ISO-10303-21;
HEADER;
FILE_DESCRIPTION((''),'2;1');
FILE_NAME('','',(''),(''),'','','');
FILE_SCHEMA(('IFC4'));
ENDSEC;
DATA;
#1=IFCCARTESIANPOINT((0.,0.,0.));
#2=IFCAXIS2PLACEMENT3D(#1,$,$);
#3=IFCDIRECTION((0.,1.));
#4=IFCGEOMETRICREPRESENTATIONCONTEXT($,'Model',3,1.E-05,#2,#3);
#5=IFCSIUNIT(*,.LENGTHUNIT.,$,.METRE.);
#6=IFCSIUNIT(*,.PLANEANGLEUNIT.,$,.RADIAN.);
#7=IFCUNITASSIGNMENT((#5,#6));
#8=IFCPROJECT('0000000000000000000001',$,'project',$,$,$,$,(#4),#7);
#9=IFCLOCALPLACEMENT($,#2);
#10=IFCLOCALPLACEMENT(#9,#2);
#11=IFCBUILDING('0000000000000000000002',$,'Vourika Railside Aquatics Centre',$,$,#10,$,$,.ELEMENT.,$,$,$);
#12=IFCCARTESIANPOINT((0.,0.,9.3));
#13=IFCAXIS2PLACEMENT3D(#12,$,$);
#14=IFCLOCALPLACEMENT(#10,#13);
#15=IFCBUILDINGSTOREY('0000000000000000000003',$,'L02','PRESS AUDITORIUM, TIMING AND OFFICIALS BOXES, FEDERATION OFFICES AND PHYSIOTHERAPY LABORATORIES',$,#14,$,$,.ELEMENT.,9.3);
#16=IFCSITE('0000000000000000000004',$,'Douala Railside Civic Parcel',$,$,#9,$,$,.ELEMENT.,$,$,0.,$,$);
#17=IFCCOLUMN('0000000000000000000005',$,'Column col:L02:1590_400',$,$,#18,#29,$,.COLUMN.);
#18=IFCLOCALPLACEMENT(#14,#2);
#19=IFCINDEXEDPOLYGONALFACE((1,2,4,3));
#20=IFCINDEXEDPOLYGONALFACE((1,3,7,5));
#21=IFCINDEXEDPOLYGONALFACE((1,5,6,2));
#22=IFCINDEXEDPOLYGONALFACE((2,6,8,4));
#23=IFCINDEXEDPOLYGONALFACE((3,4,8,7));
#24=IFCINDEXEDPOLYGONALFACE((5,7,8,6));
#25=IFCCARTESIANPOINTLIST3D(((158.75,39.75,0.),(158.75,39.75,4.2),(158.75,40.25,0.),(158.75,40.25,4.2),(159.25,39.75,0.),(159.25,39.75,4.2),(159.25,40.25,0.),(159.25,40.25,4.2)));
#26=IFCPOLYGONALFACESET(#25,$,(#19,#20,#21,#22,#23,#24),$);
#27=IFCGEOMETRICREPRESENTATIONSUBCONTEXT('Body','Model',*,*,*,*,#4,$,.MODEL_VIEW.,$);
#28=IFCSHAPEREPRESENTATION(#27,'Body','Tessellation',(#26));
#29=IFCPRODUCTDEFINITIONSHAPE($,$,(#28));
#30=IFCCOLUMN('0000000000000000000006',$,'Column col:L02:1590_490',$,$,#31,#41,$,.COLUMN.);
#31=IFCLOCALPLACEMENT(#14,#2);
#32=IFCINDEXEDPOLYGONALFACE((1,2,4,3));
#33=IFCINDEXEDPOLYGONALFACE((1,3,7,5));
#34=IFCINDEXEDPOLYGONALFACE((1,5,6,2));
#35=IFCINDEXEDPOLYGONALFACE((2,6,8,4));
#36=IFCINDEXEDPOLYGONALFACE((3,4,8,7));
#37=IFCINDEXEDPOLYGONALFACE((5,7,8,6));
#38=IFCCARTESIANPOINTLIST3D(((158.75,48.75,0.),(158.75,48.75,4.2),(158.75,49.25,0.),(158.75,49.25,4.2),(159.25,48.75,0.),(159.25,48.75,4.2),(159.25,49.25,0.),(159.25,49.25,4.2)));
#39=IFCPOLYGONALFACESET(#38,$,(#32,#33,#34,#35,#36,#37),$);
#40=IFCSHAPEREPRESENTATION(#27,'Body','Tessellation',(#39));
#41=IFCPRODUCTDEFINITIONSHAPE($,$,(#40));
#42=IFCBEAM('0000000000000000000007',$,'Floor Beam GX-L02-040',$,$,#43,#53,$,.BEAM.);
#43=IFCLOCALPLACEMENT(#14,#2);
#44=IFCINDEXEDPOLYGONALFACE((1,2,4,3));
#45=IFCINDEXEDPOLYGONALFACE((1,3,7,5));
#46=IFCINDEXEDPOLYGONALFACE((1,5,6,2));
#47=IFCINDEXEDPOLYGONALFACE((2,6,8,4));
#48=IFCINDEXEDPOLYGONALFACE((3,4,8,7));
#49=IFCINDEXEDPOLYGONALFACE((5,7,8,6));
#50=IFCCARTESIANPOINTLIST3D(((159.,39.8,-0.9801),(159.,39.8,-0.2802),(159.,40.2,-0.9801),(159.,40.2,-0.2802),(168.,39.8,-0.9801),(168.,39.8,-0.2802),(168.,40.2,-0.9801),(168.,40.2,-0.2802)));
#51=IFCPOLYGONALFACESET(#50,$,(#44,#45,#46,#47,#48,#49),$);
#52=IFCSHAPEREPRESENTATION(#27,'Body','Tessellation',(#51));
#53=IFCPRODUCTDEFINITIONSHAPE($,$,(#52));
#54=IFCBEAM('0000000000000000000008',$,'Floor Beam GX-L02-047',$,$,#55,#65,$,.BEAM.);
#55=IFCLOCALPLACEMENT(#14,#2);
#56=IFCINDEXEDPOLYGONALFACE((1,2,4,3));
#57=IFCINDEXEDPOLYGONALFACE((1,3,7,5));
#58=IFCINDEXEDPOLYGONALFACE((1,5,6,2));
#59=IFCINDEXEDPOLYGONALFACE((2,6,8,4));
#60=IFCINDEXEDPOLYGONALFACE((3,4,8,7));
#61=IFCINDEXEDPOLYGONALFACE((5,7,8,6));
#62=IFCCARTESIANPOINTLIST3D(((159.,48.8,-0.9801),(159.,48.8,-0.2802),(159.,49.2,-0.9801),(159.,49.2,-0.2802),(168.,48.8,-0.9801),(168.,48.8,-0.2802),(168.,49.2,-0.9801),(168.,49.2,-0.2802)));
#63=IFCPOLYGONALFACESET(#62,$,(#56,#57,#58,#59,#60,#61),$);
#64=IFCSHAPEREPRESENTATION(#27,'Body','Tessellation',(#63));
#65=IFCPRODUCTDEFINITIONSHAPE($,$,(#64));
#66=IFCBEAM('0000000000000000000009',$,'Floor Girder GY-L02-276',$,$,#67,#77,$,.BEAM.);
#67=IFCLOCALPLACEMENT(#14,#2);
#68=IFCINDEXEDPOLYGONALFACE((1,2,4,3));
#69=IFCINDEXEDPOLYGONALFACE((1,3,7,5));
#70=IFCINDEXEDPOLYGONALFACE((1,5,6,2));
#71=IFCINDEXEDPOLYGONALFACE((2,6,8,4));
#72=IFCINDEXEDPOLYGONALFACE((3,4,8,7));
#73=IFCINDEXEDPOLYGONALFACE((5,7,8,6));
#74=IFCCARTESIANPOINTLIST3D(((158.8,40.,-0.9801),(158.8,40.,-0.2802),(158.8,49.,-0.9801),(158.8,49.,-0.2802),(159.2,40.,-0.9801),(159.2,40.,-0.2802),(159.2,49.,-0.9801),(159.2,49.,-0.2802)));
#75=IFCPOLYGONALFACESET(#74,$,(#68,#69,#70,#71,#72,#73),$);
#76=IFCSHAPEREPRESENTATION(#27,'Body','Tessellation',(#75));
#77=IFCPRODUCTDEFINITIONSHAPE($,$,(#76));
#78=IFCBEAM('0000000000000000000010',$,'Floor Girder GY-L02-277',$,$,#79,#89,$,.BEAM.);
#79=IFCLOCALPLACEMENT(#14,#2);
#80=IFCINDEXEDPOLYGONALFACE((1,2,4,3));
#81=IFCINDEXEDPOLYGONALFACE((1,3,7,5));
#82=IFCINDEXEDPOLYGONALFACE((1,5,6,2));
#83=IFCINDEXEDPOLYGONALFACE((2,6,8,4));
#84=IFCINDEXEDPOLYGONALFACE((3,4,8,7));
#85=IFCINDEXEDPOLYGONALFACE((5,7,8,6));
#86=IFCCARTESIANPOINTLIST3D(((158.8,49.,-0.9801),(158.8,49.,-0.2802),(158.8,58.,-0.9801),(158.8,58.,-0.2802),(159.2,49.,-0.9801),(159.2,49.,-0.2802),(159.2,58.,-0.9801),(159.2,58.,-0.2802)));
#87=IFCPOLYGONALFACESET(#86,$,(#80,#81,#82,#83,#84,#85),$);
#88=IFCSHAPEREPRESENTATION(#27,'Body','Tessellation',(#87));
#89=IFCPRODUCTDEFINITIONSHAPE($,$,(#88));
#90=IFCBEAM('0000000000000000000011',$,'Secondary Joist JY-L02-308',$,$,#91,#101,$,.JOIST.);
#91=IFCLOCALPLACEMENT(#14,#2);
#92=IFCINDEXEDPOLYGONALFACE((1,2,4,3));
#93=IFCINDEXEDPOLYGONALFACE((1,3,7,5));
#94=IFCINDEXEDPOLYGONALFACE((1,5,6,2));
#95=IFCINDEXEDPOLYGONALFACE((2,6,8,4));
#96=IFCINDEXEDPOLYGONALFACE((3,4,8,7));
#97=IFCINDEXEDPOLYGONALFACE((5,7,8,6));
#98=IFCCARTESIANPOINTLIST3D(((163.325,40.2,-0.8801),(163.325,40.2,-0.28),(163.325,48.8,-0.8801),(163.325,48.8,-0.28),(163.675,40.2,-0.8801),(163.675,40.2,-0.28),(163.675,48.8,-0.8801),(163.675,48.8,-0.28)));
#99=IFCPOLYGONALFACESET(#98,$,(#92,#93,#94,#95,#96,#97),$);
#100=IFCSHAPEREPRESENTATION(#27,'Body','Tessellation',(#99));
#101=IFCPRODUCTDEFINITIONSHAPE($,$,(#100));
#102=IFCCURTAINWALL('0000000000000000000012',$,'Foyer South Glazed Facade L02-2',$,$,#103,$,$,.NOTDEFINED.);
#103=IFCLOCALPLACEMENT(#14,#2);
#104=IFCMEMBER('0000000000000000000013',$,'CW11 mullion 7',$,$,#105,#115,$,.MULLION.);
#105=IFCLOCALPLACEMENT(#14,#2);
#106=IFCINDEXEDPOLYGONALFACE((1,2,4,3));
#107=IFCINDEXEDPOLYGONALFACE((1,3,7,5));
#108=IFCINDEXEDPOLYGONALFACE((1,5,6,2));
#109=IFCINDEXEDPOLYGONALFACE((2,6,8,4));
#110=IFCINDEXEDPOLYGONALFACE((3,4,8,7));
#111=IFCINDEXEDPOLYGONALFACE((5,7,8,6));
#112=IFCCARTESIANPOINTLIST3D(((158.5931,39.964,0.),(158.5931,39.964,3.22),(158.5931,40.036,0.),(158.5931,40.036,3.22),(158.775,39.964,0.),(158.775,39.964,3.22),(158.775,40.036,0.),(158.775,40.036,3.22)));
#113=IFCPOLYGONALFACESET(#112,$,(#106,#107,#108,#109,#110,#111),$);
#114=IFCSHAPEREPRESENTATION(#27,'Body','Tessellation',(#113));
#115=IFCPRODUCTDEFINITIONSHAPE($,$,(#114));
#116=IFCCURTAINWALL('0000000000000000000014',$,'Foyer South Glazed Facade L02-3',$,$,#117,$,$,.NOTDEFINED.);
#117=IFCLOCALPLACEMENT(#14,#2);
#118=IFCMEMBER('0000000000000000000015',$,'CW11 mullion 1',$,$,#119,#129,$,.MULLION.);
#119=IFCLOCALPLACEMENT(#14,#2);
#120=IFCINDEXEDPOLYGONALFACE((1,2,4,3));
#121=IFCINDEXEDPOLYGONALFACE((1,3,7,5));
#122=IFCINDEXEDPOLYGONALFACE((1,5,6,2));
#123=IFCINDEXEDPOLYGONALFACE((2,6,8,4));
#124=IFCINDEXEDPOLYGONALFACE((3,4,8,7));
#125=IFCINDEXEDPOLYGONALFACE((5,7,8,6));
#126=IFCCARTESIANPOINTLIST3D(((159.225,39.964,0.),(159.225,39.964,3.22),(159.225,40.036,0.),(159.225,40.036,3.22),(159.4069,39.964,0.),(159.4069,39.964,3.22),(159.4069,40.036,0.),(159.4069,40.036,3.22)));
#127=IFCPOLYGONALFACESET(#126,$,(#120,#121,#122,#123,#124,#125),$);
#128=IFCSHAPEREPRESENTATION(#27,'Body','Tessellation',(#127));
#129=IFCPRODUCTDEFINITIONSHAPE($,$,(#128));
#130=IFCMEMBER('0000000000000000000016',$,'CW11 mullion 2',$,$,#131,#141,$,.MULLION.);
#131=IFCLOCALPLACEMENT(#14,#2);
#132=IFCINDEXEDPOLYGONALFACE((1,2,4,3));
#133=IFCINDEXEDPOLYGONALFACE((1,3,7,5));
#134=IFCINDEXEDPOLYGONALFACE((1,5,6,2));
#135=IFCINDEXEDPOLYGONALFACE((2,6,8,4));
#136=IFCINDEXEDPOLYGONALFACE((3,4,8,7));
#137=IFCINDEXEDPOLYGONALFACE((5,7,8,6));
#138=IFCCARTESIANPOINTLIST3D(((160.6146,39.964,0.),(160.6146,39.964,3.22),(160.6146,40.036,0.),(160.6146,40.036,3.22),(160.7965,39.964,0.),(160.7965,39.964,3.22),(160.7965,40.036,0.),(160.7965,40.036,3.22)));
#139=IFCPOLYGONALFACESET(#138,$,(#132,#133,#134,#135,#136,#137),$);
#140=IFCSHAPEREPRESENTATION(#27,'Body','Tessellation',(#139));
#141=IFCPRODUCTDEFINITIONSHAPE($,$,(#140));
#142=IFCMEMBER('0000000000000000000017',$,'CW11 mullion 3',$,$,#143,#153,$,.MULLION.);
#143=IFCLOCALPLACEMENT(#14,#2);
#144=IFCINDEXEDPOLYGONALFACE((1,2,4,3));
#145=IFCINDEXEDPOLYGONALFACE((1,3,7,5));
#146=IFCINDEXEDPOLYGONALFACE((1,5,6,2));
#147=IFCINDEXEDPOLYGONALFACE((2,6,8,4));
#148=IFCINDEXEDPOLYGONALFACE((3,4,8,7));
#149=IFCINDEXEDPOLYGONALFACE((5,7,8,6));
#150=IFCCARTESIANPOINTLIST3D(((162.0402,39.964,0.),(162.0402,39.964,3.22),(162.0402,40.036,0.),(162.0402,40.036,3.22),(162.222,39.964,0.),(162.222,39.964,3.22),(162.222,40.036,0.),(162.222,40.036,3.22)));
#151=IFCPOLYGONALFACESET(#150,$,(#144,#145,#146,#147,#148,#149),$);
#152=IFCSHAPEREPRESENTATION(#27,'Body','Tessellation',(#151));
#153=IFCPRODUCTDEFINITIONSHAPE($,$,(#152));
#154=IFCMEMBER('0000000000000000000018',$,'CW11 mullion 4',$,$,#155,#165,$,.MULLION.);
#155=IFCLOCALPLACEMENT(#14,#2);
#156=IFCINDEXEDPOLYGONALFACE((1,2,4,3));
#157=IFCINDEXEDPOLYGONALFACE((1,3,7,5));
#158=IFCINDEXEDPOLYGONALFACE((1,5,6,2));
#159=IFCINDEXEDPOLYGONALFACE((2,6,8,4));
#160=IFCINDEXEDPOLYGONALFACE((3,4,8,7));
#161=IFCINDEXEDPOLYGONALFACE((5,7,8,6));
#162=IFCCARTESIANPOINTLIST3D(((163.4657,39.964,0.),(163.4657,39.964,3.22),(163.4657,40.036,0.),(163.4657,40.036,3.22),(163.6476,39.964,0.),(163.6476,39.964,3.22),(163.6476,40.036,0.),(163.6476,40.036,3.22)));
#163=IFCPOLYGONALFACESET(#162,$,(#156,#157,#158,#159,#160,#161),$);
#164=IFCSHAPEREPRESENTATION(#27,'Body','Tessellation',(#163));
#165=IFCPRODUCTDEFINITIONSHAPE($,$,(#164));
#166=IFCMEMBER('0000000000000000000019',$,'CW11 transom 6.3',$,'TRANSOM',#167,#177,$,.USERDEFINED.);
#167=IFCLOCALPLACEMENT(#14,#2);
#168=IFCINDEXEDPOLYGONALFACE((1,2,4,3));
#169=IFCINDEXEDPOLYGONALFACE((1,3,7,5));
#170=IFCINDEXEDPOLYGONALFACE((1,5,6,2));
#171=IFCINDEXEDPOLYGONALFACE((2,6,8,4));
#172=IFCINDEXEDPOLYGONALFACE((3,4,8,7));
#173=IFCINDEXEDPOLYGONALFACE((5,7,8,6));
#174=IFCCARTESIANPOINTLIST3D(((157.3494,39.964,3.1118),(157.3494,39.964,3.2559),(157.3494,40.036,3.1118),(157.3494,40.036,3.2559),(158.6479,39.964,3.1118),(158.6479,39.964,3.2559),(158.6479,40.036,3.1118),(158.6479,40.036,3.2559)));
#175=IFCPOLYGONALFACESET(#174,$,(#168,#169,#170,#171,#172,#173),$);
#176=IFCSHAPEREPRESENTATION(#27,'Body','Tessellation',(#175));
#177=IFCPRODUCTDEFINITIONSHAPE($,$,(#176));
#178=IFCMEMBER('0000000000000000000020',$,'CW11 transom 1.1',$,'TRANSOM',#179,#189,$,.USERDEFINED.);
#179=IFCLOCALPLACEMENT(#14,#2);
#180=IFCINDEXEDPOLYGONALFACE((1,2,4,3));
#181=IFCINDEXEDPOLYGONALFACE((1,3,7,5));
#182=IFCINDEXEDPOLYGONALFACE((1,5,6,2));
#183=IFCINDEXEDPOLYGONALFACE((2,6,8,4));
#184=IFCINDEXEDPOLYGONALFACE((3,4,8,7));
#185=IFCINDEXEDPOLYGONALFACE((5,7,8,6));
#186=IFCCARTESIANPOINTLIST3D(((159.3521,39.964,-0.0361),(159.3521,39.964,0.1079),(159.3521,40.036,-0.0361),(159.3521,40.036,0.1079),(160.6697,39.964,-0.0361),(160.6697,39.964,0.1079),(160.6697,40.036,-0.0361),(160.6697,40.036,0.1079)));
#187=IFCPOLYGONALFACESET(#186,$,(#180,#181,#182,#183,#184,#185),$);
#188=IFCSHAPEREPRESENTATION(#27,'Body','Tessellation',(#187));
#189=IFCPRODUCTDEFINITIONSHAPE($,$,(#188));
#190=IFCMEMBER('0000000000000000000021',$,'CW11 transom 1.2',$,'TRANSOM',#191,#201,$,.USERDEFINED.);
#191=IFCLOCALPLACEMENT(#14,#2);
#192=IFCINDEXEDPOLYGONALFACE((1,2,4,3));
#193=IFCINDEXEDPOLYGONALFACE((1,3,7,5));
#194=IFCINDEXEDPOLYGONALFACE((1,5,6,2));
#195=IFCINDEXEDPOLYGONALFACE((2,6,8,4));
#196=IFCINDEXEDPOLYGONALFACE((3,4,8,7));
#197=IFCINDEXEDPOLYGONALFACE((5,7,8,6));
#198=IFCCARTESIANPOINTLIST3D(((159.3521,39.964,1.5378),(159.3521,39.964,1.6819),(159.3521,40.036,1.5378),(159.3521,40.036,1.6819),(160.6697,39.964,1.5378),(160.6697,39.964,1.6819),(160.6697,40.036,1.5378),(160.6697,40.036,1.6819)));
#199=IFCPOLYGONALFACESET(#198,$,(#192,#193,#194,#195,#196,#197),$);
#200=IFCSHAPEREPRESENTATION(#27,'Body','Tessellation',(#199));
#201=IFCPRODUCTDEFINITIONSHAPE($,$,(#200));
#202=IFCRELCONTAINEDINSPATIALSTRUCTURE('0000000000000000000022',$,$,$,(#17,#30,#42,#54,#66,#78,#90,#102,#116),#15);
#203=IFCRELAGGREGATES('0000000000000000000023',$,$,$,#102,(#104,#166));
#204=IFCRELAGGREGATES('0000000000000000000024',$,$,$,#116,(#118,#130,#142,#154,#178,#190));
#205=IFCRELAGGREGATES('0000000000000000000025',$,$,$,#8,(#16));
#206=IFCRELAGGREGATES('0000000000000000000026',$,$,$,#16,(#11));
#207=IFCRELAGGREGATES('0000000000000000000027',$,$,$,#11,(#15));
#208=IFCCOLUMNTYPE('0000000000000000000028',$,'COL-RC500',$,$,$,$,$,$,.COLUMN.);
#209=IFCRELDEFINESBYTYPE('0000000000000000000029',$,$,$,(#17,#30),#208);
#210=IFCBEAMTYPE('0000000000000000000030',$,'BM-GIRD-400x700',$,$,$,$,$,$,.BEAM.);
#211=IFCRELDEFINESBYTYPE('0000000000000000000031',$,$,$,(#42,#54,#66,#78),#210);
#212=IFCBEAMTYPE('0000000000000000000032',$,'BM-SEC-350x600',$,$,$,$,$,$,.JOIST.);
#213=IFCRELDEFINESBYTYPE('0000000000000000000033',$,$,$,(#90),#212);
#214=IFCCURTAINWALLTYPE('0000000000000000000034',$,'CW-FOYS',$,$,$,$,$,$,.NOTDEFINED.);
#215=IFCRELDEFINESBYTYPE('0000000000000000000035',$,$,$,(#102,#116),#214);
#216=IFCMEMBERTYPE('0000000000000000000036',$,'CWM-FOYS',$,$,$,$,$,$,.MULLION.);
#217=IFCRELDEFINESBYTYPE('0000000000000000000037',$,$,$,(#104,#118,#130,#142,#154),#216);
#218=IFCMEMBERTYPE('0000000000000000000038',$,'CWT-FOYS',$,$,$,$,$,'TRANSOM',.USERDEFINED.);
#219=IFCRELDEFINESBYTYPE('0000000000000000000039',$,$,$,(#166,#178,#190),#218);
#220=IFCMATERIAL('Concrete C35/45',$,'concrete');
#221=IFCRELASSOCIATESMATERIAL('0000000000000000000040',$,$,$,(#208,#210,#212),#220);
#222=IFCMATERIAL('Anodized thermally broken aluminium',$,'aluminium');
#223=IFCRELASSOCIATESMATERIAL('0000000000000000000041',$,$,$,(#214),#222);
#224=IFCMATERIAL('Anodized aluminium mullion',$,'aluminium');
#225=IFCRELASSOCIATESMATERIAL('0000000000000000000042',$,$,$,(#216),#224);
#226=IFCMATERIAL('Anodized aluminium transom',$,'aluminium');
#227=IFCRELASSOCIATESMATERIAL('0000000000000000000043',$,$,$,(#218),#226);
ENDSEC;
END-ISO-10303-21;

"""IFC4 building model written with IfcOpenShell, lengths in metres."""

from ifc_helpers import new_model, si_unit, direction, frame, origin, origin_2d, place, context, subcontext, project, spatial, rectangle, extrude, material, material_profile, profile_set, type_object, element, aggregate, save


model = new_model("IFC4")

# Units and contexts
model_context = context("Model", 3, precision=1e-05, world=origin(), true_north=direction((0.0, 1.0)))
body_context = subcontext(model_context, "Body", "Model", "MODEL_VIEW")
ifc_project = project(units=[si_unit("LENGTHUNIT", "METRE"), si_unit("PLANEANGLEUNIT", "RADIAN")], contexts=[model_context])

# Site, building, storey
site_placement = place(None, origin())
site = spatial("IfcSite", under=ifc_project, at=site_placement, Name="Douala Railside Civic Parcel", CompositionType="ELEMENT", RefElevation=0.0)
building_placement = place(site_placement, origin())
building = spatial("IfcBuilding", under=site, at=building_placement, Name="Vourika Railside Aquatics Centre", CompositionType="ELEMENT")
storey_placement = place(building_placement, frame((0.0, 0.0, 9.3)))
storey = spatial("IfcBuildingStorey", under=building, at=storey_placement, Name="L02", Description="PRESS AUDITORIUM, TIMING AND OFFICIALS BOXES, FEDERATION OFFICES AND PHYSIOTHERAPY LABORATORIES", CompositionType="ELEMENT", Elevation=9.3)

# Columns
ifc_material_1 = material(Name="Concrete C35/45", Category="concrete")
ifc_material_profile_1 = material_profile(ifc_material_1, rectangle(XDim=0.5, YDim=0.5, at=origin_2d()), Name="RC 500x500")
ifc_profile_set_1 = profile_set([ifc_material_profile_1], Name="Concrete C35/45")
column_type = type_object("IfcColumnType", Name="COL-RC500", PredefinedType="COLUMN", material=ifc_profile_set_1)
for number, where, z_axis, x_axis, name in (
    (1, (159.0, 40.0, 0.0), (0.0, 0.0, 1.0), (1.0, 0.0, 0.0), "Column col:L02:1590_400"),
    (2, (159.0, 49.0, 0.0), (0.0, 0.0, 1.0), (1.0, 0.0, 0.0), "Column col:L02:1590_490"),
):
    element("IfcColumn", number, at=place(storey_placement, frame(where, z_axis=z_axis, x_axis=x_axis)), inside=storey, type_object=column_type, Name=name, PredefinedType="COLUMN", context=body_context, shape_type="SweptSolid", body=[
        extrude(rectangle(XDim=0.5, YDim=0.5, at=origin_2d()), origin(), (0.0, 0.0, 1.0), 4.2),
    ])

# Beams
ifc_material_profile_2 = material_profile(ifc_material_1, rectangle(XDim=0.3999, YDim=0.7, at=origin_2d()), Name="RC 400x700")
ifc_profile_set_2 = profile_set([ifc_material_profile_2], Name="Concrete C35/45")
beam_type_1 = type_object("IfcBeamType", Name="BM-GIRD-400x700", PredefinedType="BEAM", material=ifc_profile_set_2)
for number, where, z_axis, x_axis, name in (
    (3, (159.0, 40.0, -0.6301), (1.0, 0.0, 0.0), (0.0, 1.0, 0.0), "Floor Beam GX-L02-040"),
    (4, (159.0, 49.0, -0.6301), (1.0, 0.0, 0.0), (0.0, 1.0, 0.0), "Floor Beam GX-L02-047"),
    (5, (159.0, 40.0, -0.6301), (0.0, 1.0, 0.0), (-1.0, 0.0, 0.0), "Floor Girder GY-L02-276"),
    (6, (159.0, 49.0, -0.6301), (0.0, 1.0, 0.0), (-1.0, 0.0, 0.0), "Floor Girder GY-L02-277"),
):
    element("IfcBeam", number, at=place(storey_placement, frame(where, z_axis=z_axis, x_axis=x_axis)), inside=storey, type_object=beam_type_1, Name=name, PredefinedType="BEAM", context=body_context, shape_type="SweptSolid", body=[
        extrude(rectangle(XDim=0.3999, YDim=0.7, at=origin_2d()), origin(), (0.0, 0.0, 1.0), 9.0),
    ])
ifc_material_profile_3 = material_profile(ifc_material_1, rectangle(XDim=0.3501, YDim=0.6001, at=origin_2d()), Name="RC 350x600")
ifc_profile_set_3 = profile_set([ifc_material_profile_3], Name="Concrete C35/45")
beam_type_2 = type_object("IfcBeamType", Name="BM-SEC-350x600", PredefinedType="JOIST", material=ifc_profile_set_3)
beam_placement = place(storey_placement, frame((163.5, 40.2, -0.5801), z_axis=(0.0, 1.0, 0.0), x_axis=(-1.0, 0.0, 0.0)))
element("IfcBeam", 7, at=beam_placement, inside=storey, type_object=beam_type_2, Name="Secondary Joist JY-L02-308", PredefinedType="JOIST", context=body_context, shape_type="SweptSolid", body=[
    extrude(rectangle(XDim=0.3501, YDim=0.6001, at=origin_2d()), origin(), (0.0, 0.0, 1.0), 8.6001),
])

# Curtain wall, member
ifc_material_2 = material(Name="Anodized thermally broken aluminium", Category="aluminium")
curtain_wall_type = type_object("IfcCurtainWallType", Name="CW-FOYS", PredefinedType="NOTDEFINED", material=ifc_material_2)
curtain_wall_1_placement = place(storey_placement, origin())
curtain_wall_1 = element("IfcCurtainWall", 8, at=curtain_wall_1_placement, inside=storey, type_object=curtain_wall_type, Name="Foyer South Glazed Facade L02-2", PredefinedType="NOTDEFINED")
ifc_material_3 = material(Name="Anodized aluminium mullion", Category="aluminium")
ifc_material_profile_4 = material_profile(ifc_material_3, rectangle(XDim=0.072, YDim=0.1819, at=origin_2d()), Name="ALU-M 72x182")
ifc_profile_set_4 = profile_set([ifc_material_profile_4], Name="Anodized aluminium mullion")
member_type_1 = type_object("IfcMemberType", Name="CWM-FOYS", PredefinedType="MULLION", material=ifc_profile_set_4)
member_1_placement = place(storey_placement, frame((158.6841, 40.0, 0.0), z_axis=(0.0, 0.0, 1.0), x_axis=(0.0, 1.0, 0.0)))
member_1 = element("IfcMember", 9, at=member_1_placement, type_object=member_type_1, Name="CW11 mullion 7", PredefinedType="MULLION", context=body_context, shape_type="SweptSolid", body=[
    extrude(rectangle(XDim=0.072, YDim=0.1819, at=origin_2d()), origin(), (0.0, 0.0, 1.0), 3.22),
])

# Curtain wall, members
curtain_wall_2_placement = place(storey_placement, origin())
curtain_wall_2 = element("IfcCurtainWall", 10, at=curtain_wall_2_placement, inside=storey, type_object=curtain_wall_type, Name="Foyer South Glazed Facade L02-3", PredefinedType="NOTDEFINED")
member_2_placement = place(storey_placement, frame((159.3159, 40.0, 0.0), z_axis=(0.0, 0.0, 1.0), x_axis=(0.0, 1.0, 0.0)))
member_2 = element("IfcMember", 11, at=member_2_placement, type_object=member_type_1, Name="CW11 mullion 1", PredefinedType="MULLION", context=body_context, shape_type="SweptSolid", body=[
    extrude(rectangle(XDim=0.072, YDim=0.1819, at=origin_2d()), origin(), (0.0, 0.0, 1.0), 3.22),
])
member_3_placement = place(storey_placement, frame((160.7056, 40.0, 0.0), z_axis=(0.0, 0.0, 1.0), x_axis=(0.0, 1.0, 0.0)))
member_3 = element("IfcMember", 12, at=member_3_placement, type_object=member_type_1, Name="CW11 mullion 2", PredefinedType="MULLION", context=body_context, shape_type="SweptSolid", body=[
    extrude(rectangle(XDim=0.072, YDim=0.1819, at=origin_2d()), origin(), (0.0, 0.0, 1.0), 3.22),
])
member_4_placement = place(storey_placement, frame((162.1311, 40.0, 0.0), z_axis=(0.0, 0.0, 1.0), x_axis=(0.0, 1.0, 0.0)))
member_4 = element("IfcMember", 13, at=member_4_placement, type_object=member_type_1, Name="CW11 mullion 3", PredefinedType="MULLION", context=body_context, shape_type="SweptSolid", body=[
    extrude(rectangle(XDim=0.072, YDim=0.1819, at=origin_2d()), origin(), (0.0, 0.0, 1.0), 3.22),
])
member_5_placement = place(storey_placement, frame((163.5566, 40.0, 0.0), z_axis=(0.0, 0.0, 1.0), x_axis=(0.0, 1.0, 0.0)))
member_5 = element("IfcMember", 14, at=member_5_placement, type_object=member_type_1, Name="CW11 mullion 4", PredefinedType="MULLION", context=body_context, shape_type="SweptSolid", body=[
    extrude(rectangle(XDim=0.072, YDim=0.1819, at=origin_2d()), origin(), (0.0, 0.0, 1.0), 3.22),
])

# Members
ifc_material_4 = material(Name="Anodized aluminium transom", Category="aluminium")
ifc_material_profile_5 = material_profile(ifc_material_4, rectangle(XDim=0.072, YDim=0.144, at=origin_2d()), Name="ALU-T 72x144")
ifc_profile_set_5 = profile_set([ifc_material_profile_5], Name="Anodized aluminium transom")
member_type_2 = type_object("IfcMemberType", Name="CWT-FOYS", ElementType="TRANSOM", PredefinedType="USERDEFINED", material=ifc_profile_set_5)
member_6_placement = place(storey_placement, frame((157.3494, 40.0, 3.1838), z_axis=(1.0, 0.0, 0.0), x_axis=(0.0, 1.0, 0.0)))
member_6 = element("IfcMember", 15, at=member_6_placement, type_object=member_type_2, Name="CW11 transom 6.3", ObjectType="TRANSOM", PredefinedType="USERDEFINED", context=body_context, shape_type="SweptSolid", body=[
    extrude(rectangle(XDim=0.072, YDim=0.144, at=origin_2d()), origin(), (0.0, 0.0, 1.0), 1.2986),
])
member_7_placement = place(storey_placement, frame((159.3521, 40.0, 0.0359), z_axis=(1.0, 0.0, 0.0), x_axis=(0.0, 1.0, 0.0)))
member_7 = element("IfcMember", 16, at=member_7_placement, type_object=member_type_2, Name="CW11 transom 1.1", ObjectType="TRANSOM", PredefinedType="USERDEFINED", context=body_context, shape_type="SweptSolid", body=[
    extrude(rectangle(XDim=0.072, YDim=0.144, at=origin_2d()), origin(), (0.0, 0.0, 1.0), 1.3176),
])
member_8_placement = place(storey_placement, frame((159.3521, 40.0, 1.6099), z_axis=(1.0, 0.0, 0.0), x_axis=(0.0, 1.0, 0.0)))
member_8 = element("IfcMember", 17, at=member_8_placement, type_object=member_type_2, Name="CW11 transom 1.2", ObjectType="TRANSOM", PredefinedType="USERDEFINED", context=body_context, shape_type="SweptSolid", body=[
    extrude(rectangle(XDim=0.072, YDim=0.144, at=origin_2d()), origin(), (0.0, 0.0, 1.0), 1.3176),
])

aggregate(curtain_wall_1, [member_1, member_6])
aggregate(curtain_wall_2, [member_2, member_3, member_4, member_5, member_7, member_8])

save(model, "model.ifc")
